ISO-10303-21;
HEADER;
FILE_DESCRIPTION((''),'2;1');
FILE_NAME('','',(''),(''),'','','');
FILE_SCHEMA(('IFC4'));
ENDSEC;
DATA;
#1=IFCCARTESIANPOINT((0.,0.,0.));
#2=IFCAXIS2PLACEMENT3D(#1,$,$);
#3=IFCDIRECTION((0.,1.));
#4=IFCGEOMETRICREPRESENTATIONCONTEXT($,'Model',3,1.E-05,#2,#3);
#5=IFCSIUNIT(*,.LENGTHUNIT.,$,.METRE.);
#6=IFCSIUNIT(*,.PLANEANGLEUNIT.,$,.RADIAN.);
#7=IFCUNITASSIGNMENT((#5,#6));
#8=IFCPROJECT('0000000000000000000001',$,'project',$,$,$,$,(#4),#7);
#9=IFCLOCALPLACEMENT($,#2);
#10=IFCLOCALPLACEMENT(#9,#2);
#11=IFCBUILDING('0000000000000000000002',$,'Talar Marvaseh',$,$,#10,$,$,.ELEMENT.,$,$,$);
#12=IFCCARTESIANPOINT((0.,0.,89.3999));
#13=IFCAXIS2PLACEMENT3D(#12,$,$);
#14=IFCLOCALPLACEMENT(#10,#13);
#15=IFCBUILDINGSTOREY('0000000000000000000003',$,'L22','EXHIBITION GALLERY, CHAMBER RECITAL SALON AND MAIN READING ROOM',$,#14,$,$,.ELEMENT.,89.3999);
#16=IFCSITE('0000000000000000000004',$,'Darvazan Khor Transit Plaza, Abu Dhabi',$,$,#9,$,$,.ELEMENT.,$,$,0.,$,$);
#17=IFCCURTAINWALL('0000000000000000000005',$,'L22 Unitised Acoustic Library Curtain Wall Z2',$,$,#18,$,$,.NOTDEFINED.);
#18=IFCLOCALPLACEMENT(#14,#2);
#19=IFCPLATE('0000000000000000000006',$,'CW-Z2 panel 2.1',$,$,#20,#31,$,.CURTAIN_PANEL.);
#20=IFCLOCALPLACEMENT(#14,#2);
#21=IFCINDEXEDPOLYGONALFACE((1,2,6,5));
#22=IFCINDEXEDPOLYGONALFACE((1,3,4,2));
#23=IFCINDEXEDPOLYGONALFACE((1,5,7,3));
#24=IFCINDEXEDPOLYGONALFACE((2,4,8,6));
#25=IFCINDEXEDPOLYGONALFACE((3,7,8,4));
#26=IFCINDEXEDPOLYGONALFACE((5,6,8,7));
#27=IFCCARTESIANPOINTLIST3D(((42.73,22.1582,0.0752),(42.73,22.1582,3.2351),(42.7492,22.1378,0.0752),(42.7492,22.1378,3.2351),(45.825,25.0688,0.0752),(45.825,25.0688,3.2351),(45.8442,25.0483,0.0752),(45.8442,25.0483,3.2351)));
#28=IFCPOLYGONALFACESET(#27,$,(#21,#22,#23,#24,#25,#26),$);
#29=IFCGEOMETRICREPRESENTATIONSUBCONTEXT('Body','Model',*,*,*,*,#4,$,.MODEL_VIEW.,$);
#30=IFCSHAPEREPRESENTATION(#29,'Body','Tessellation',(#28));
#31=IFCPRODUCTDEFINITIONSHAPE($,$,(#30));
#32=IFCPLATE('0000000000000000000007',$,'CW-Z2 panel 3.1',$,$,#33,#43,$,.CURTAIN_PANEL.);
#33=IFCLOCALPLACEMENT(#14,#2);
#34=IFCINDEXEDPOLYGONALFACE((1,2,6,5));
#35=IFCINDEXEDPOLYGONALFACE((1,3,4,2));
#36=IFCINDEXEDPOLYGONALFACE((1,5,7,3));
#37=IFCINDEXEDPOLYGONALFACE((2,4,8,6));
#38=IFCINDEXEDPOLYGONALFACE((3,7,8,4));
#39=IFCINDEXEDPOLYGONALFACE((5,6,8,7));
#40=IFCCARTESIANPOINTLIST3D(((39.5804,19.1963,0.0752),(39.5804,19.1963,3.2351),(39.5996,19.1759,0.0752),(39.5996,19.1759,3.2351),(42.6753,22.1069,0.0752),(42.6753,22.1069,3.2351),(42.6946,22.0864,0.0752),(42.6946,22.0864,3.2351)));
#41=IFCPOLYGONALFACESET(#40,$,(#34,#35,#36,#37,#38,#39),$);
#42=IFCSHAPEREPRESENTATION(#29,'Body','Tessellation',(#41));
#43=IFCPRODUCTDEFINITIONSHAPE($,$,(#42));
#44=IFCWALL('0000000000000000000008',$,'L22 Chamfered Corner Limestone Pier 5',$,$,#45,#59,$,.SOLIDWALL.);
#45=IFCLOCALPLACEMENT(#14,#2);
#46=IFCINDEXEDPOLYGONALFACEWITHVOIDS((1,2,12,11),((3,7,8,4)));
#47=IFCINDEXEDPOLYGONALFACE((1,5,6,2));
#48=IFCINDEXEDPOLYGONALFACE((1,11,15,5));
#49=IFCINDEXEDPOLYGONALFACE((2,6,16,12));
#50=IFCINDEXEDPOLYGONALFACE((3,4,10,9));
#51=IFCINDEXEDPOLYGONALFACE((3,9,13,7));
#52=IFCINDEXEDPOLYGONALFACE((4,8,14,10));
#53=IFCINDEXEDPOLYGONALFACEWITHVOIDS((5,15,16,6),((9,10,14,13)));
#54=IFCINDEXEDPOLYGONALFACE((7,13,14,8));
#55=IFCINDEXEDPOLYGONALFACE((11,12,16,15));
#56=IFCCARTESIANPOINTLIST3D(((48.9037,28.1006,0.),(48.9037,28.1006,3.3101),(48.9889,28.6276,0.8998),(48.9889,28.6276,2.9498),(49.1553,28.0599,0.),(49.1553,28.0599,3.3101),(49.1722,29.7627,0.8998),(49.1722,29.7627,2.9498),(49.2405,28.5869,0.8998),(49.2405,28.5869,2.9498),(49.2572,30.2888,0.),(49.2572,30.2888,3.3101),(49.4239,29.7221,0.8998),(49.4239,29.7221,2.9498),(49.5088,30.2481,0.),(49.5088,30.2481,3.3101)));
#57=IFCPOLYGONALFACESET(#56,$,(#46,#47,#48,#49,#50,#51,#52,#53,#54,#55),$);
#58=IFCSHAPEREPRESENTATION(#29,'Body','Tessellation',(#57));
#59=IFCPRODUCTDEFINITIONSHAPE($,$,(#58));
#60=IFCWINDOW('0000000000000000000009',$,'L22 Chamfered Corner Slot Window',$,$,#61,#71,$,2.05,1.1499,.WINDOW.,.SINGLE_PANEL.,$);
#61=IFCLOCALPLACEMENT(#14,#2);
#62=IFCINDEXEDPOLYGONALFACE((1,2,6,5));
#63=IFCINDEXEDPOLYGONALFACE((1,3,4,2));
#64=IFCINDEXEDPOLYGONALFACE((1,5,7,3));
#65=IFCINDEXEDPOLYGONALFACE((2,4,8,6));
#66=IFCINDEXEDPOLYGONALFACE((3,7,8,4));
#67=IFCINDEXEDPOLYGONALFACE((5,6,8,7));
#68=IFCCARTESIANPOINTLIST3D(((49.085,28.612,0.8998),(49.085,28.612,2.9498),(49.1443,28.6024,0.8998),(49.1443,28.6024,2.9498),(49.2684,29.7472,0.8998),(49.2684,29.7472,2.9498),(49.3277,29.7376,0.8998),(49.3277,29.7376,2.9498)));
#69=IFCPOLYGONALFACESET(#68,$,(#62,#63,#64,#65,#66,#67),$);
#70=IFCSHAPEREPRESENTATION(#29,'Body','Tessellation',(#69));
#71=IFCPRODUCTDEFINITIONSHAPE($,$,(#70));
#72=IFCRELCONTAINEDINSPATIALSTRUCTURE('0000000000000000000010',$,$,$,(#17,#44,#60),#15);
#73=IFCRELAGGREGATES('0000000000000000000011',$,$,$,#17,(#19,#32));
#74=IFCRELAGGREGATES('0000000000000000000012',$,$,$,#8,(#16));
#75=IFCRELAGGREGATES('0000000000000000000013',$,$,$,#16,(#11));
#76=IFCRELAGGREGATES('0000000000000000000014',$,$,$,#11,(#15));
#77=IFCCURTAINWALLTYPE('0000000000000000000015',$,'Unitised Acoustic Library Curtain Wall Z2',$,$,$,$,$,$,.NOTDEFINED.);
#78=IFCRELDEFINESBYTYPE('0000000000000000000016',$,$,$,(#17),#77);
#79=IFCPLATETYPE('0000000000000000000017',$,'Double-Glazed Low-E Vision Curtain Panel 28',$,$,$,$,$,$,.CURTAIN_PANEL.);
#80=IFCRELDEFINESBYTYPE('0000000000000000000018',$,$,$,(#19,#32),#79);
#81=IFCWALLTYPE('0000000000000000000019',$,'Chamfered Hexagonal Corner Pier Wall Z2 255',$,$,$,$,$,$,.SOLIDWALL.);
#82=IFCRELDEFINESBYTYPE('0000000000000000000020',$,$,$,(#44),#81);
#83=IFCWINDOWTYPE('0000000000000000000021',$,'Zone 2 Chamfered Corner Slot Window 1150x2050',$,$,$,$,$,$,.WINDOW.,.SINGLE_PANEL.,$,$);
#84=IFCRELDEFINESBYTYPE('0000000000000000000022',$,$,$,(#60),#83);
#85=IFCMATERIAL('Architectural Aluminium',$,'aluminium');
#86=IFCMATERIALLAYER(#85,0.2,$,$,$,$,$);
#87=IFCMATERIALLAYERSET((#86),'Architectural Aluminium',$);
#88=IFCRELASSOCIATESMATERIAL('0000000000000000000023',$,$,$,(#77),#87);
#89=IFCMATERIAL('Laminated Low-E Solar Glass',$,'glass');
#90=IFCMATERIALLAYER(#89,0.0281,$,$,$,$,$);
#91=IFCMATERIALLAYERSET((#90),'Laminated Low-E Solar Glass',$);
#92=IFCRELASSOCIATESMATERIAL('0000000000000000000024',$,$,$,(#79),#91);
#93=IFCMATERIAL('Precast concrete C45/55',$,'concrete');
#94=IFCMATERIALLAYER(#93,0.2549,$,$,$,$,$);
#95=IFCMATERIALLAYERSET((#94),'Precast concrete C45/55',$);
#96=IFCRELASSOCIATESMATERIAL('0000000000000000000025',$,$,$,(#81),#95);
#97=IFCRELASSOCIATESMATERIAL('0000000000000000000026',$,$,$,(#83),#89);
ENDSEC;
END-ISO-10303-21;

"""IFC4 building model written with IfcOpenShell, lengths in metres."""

from ifc_helpers import new_model, si_unit, direction, frame, frame_2d, origin, origin_2d, place, context, subcontext, project, spatial, rectangle, extrude, source, transform, mapped, material, layer, layer_set, type_object, type_shapes, element, fill, aggregate, save


model = new_model("IFC4")

# Units and contexts
model_context = context("Model", 3, precision=1e-05, world=origin(), true_north=direction((0.0, 1.0)))
body_context = subcontext(model_context, "Body", "Model", "MODEL_VIEW")
ifc_project = project(units=[si_unit("LENGTHUNIT", "METRE"), si_unit("PLANEANGLEUNIT", "RADIAN")], contexts=[model_context])

# Site, building, storey
site_placement = place(None, origin())
site = spatial("IfcSite", under=ifc_project, at=site_placement, Name="Darvazan Khor Transit Plaza, Abu Dhabi", CompositionType="ELEMENT", RefElevation=0.0)
building_placement = place(site_placement, origin())
building = spatial("IfcBuilding", under=site, at=building_placement, Name="Talar Marvaseh", CompositionType="ELEMENT")
storey_placement = place(building_placement, frame((0.0, 0.0, 89.3999)))
storey = spatial("IfcBuildingStorey", under=building, at=storey_placement, Name="L22", Description="EXHIBITION GALLERY, CHAMBER RECITAL SALON AND MAIN READING ROOM", CompositionType="ELEMENT", Elevation=89.3999)

# Curtain wall, plates
ifc_material_1 = material(Name="Architectural Aluminium", Category="aluminium")
ifc_layer_1 = layer(ifc_material_1, 0.2)
ifc_layer_set_1 = layer_set([ifc_layer_1], Name="Architectural Aluminium")
curtain_wall_type = type_object("IfcCurtainWallType", Name="Unitised Acoustic Library Curtain Wall Z2", PredefinedType="NOTDEFINED", material=ifc_layer_set_1)
curtain_wall_placement = place(storey_placement, origin())
curtain_wall = element("IfcCurtainWall", 1, at=curtain_wall_placement, inside=storey, type_object=curtain_wall_type, Name="L22 Unitised Acoustic Library Curtain Wall Z2", PredefinedType="NOTDEFINED")
ifc_material_2 = material(Name="Laminated Low-E Solar Glass", Category="glass")
ifc_layer_2 = layer(ifc_material_2, 0.0281)
ifc_layer_set_2 = layer_set([ifc_layer_2], Name="Laminated Low-E Solar Glass")
plate_type = type_object("IfcPlateType", Name="Double-Glazed Low-E Vision Curtain Panel 28", PredefinedType="CURTAIN_PANEL", material=ifc_layer_set_2)
shared_shape_1 = source(origin(), body_context, "Body", "SweptSolid", [
    extrude(rectangle(XDim=4.2485, YDim=0.0281, at=origin_2d()), origin(), (0.0, 0.0, 1.0), 3.1599),
])
plate_1_placement = place(storey_placement, frame((44.2871, 23.6033, 0.0752), z_axis=(0.0, 0.0, 1.0), x_axis=(-0.728478, -0.685069, 0.0)))
plate_1 = element("IfcPlate", 2, at=plate_1_placement, type_object=plate_type, Name="CW-Z2 panel 2.1", PredefinedType="CURTAIN_PANEL", context=body_context, shape_type="MappedRepresentation", body=[
    mapped(shared_shape_1, transform((0.0, 0.0, 0.0), x_axis=(1.0, 0.0, 0.0), y_axis=(0.0, 1.0, 0.0), z_axis=(0.0, 0.0, 1.0), scale=1.0)),
])
plate_2_placement = place(storey_placement, frame((41.1375, 20.6414, 0.0752), z_axis=(0.0, 0.0, 1.0), x_axis=(-0.728478, -0.685069, 0.0)))
plate_2 = element("IfcPlate", 3, at=plate_2_placement, type_object=plate_type, Name="CW-Z2 panel 3.1", PredefinedType="CURTAIN_PANEL", context=body_context, shape_type="MappedRepresentation", body=[
    mapped(shared_shape_1, transform((0.0, 0.0, 0.0), x_axis=(1.0, 0.0, 0.0), y_axis=(0.0, 1.0, 0.0), z_axis=(0.0, 0.0, 1.0), scale=1.0)),
])
aggregate(curtain_wall, [plate_1, plate_2])

# Wall, opening, window
ifc_material_3 = material(Name="Precast concrete C45/55", Category="concrete")
ifc_layer_3 = layer(ifc_material_3, 0.2549)
ifc_layer_set_3 = layer_set([ifc_layer_3], Name="Precast concrete C45/55")
wall_type = type_object("IfcWallType", Name="Chamfered Hexagonal Corner Pier Wall Z2 255", PredefinedType="SOLIDWALL", material=ifc_layer_set_3)
wall_placement = place(storey_placement, frame((49.3831, 30.2686, 0.0), z_axis=(0.0, 0.0, 1.0), x_axis=(-0.159485, -0.9872, 0.0)))
wall = element("IfcWall", 4, at=wall_placement, inside=storey, type_object=wall_type, Name="L22 Chamfered Corner Limestone Pier 5", PredefinedType="SOLIDWALL", context=body_context, shape_type="SweptSolid", body=[
    extrude(rectangle(XDim=2.2166, YDim=0.2549, at=frame_2d((1.1084, 0.0))), origin(), (0.0, 0.0, 1.0), 3.3101),
])
opening_placement = place(wall_placement, frame((0.533, 0.0, 0.8999)))
opening = element("IfcOpeningElement", 5, at=opening_placement, cuts=wall, PredefinedType="OPENING", context=body_context, shape_type="SweptSolid", body=[
    extrude(rectangle(XDim=1.1499, YDim=2.05, at=frame_2d((0.575, 1.0249))), frame((0.0, 0.1375, 0.0), z_axis=(0.0, -1.0, 0.0), x_axis=(1.0, 0.0, 0.0)), (0.0, 0.0, 1.0), 0.2749),
])
window_type = type_object("IfcWindowType", Name="Zone 2 Chamfered Corner Slot Window 1150x2050", PartitioningType="SINGLE_PANEL", PredefinedType="WINDOW", material=ifc_material_2)
shared_shape_2 = source(origin(), body_context, "Body", "SweptSolid", [
    extrude(rectangle(XDim=1.1499, YDim=2.05, at=frame_2d((0.575, 1.0249))), frame((0.0, 0.03, 0.0), z_axis=(0.0, -1.0, 0.0), x_axis=(1.0, 0.0, 0.0)), (0.0, 0.0, 1.0), 0.0601),
])
type_shapes(window_type, [shared_shape_2])
window_placement = place(opening_placement, origin())
window = element("IfcWindow", 6, at=window_placement, inside=storey, type_object=window_type, Name="L22 Chamfered Corner Slot Window", OverallHeight=2.05, OverallWidth=1.1499, PartitioningType="SINGLE_PANEL", PredefinedType="WINDOW", context=body_context, shape_type="MappedRepresentation", body=[
    mapped(shared_shape_2, transform((0.0, 0.0, 0.0), x_axis=(1.0, 0.0, 0.0), y_axis=(0.0, 1.0, 0.0), z_axis=(0.0, 0.0, 1.0), scale=1.0)),
])
fill(opening, window)

save(model, "model.ifc")
